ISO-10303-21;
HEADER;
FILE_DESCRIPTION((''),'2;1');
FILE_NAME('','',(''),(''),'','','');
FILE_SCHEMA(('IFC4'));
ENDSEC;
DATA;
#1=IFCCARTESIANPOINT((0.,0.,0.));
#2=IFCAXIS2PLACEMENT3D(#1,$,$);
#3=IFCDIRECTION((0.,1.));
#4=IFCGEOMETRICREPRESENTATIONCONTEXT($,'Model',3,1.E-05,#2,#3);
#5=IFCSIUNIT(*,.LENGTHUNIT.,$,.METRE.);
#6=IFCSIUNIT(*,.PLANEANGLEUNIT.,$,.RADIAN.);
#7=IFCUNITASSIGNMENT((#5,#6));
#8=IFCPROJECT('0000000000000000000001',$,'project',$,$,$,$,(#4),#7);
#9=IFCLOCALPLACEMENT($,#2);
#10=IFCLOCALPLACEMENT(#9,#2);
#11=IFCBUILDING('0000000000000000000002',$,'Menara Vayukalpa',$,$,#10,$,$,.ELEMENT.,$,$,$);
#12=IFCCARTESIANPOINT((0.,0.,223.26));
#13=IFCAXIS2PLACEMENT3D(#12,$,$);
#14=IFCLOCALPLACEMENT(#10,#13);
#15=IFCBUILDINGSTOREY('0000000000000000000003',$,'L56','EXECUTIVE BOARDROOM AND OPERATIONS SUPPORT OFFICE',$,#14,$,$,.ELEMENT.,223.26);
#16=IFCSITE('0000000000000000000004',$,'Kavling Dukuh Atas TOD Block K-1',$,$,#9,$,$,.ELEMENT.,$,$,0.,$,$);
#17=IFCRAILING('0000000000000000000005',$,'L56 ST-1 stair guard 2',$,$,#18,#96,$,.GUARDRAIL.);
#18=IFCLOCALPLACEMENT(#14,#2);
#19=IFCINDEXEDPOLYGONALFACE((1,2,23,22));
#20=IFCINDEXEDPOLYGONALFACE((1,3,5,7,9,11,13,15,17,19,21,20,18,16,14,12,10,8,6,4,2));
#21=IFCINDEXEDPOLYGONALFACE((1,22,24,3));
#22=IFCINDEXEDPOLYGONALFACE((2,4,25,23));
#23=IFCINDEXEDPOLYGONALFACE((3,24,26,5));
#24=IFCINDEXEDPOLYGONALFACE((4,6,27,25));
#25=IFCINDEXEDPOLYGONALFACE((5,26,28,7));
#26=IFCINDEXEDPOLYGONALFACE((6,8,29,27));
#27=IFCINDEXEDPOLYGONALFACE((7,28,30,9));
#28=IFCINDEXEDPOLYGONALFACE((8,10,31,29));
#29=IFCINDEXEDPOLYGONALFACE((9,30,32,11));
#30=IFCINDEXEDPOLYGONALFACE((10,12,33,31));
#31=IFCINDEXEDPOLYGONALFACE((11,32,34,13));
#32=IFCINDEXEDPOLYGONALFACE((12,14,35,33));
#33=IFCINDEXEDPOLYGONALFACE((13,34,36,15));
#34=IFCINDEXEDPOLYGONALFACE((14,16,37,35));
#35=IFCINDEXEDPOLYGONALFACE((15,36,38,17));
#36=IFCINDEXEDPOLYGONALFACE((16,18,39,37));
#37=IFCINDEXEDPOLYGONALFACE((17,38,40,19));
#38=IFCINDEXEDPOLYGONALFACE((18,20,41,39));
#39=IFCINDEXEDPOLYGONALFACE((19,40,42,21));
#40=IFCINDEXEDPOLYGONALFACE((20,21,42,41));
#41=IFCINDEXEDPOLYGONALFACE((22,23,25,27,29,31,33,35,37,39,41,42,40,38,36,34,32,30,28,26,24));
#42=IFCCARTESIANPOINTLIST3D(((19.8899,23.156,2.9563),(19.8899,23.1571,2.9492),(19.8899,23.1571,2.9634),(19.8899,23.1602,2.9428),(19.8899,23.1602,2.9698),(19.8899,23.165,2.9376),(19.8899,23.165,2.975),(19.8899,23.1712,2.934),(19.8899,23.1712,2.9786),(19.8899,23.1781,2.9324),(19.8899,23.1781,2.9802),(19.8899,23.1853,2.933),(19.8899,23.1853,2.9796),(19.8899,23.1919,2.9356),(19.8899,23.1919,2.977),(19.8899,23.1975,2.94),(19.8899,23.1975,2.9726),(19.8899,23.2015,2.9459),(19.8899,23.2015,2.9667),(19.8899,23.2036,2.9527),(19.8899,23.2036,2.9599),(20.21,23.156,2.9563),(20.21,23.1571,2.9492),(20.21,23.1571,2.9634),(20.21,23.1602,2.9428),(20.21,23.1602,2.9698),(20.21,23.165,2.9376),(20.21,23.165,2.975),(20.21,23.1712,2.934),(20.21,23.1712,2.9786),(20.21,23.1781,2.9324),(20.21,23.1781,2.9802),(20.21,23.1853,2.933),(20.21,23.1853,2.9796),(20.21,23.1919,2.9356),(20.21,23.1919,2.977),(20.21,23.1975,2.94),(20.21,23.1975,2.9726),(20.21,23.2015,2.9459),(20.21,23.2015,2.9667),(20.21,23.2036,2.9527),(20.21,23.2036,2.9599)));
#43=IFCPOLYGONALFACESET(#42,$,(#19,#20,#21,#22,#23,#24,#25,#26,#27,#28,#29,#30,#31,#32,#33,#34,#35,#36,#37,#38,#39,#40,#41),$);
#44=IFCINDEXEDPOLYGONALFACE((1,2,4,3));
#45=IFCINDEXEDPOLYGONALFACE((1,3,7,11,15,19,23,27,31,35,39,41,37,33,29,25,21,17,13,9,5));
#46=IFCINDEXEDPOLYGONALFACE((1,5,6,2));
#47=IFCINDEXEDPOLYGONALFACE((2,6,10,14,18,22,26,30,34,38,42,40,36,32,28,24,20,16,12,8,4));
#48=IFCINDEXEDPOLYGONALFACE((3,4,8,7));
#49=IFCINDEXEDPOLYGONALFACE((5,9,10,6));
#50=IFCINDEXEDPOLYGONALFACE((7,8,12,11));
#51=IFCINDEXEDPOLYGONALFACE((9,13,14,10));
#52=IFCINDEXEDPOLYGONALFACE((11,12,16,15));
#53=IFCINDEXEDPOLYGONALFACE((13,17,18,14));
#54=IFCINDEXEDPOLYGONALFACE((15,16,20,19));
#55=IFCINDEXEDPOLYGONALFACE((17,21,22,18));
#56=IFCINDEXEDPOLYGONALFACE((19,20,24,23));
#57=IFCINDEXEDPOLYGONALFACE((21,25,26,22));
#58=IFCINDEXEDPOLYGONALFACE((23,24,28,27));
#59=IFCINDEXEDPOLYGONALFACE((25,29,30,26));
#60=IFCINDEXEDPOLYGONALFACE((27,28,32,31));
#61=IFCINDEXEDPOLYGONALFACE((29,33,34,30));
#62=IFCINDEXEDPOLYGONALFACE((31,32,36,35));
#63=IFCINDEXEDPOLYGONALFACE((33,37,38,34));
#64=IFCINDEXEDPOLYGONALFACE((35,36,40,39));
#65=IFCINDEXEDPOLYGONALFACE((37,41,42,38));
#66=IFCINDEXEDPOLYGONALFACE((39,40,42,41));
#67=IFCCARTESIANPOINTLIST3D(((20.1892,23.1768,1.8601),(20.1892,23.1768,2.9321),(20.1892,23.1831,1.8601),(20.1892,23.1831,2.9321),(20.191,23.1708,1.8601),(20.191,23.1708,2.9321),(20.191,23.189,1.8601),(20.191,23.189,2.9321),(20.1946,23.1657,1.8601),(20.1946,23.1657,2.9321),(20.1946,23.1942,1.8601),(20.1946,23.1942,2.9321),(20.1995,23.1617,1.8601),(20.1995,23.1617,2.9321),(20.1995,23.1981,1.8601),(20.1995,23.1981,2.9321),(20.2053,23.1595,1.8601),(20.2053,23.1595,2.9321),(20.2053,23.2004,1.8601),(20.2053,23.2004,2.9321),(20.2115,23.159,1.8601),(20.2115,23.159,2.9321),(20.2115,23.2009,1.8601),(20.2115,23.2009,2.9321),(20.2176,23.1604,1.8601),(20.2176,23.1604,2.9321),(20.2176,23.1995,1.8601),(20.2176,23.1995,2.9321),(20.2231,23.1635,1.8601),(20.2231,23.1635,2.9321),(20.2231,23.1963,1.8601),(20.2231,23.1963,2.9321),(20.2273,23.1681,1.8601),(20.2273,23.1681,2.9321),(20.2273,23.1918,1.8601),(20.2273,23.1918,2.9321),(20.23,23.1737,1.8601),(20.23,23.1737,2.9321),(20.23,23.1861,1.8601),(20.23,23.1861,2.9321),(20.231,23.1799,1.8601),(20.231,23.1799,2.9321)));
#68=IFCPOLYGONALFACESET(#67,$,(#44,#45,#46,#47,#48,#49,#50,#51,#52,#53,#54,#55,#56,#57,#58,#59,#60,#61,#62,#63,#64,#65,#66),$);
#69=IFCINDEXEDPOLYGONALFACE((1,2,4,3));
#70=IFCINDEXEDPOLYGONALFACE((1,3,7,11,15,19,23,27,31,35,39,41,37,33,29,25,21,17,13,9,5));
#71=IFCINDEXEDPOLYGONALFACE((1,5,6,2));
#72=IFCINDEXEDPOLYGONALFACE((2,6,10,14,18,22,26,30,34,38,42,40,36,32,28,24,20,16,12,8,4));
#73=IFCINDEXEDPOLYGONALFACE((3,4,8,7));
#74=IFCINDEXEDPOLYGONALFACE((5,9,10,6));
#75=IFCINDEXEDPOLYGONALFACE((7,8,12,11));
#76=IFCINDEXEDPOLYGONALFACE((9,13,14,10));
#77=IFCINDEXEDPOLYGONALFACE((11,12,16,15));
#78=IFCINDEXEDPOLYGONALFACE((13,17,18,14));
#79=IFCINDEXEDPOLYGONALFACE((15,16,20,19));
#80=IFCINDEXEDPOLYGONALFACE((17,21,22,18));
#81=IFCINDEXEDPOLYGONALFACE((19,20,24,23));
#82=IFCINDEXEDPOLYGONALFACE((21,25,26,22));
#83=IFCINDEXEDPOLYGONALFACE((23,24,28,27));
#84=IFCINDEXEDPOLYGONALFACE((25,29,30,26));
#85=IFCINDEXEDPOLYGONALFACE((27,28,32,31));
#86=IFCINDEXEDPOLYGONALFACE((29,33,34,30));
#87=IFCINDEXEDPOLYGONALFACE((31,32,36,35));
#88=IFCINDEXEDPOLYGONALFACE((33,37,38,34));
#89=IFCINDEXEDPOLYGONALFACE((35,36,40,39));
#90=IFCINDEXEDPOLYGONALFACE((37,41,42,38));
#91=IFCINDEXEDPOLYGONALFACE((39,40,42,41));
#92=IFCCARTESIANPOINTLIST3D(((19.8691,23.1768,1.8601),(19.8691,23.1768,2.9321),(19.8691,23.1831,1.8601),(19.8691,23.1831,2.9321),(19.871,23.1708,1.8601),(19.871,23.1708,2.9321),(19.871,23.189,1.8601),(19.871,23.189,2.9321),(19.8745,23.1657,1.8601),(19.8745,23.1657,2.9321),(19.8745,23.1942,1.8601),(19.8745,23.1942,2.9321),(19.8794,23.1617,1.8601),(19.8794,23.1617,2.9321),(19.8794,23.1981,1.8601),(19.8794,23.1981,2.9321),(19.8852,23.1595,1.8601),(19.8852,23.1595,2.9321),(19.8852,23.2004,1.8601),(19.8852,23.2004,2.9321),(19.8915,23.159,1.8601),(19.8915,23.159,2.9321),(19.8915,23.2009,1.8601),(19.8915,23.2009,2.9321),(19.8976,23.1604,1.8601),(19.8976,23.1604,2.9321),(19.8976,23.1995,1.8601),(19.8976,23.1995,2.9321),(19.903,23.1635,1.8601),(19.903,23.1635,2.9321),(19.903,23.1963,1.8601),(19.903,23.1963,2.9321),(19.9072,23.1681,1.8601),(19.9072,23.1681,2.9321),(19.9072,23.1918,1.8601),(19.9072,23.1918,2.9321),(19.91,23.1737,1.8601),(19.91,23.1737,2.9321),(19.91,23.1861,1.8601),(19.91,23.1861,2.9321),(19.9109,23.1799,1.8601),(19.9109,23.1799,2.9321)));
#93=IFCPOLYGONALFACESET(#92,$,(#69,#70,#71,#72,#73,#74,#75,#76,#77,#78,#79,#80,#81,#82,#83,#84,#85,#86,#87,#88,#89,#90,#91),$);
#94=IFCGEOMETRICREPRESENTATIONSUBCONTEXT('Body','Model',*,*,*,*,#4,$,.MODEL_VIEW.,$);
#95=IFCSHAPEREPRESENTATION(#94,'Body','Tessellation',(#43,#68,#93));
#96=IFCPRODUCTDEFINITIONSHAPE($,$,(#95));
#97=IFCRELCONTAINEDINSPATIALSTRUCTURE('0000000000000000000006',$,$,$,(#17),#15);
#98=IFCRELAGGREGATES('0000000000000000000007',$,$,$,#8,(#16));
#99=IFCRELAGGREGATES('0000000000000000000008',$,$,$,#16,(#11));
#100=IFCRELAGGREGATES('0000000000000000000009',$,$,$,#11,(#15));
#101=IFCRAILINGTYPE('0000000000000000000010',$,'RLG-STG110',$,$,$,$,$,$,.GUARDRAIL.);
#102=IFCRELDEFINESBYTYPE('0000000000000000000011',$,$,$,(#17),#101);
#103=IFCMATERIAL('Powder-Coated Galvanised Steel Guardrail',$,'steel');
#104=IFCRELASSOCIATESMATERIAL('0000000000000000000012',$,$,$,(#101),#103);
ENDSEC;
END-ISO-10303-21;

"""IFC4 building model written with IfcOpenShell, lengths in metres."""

from ifc_helpers import new_model, si_unit, direction, frame, origin, origin_2d, place, context, subcontext, project, spatial, circle, extrude, material, type_object, element, save


model = new_model("IFC4")

# Units and contexts
model_context = context("Model", 3, precision=1e-05, world=origin(), true_north=direction((0.0, 1.0)))
body_context = subcontext(model_context, "Body", "Model", "MODEL_VIEW")
ifc_project = project(units=[si_unit("LENGTHUNIT", "METRE"), si_unit("PLANEANGLEUNIT", "RADIAN")], contexts=[model_context])

# Site, building, storey
site_placement = place(None, origin())
site = spatial("IfcSite", under=ifc_project, at=site_placement, Name="Kavling Dukuh Atas TOD Block K-1", CompositionType="ELEMENT", RefElevation=0.0)
building_placement = place(site_placement, origin())
building = spatial("IfcBuilding", under=site, at=building_placement, Name="Menara Vayukalpa", CompositionType="ELEMENT")
storey_placement = place(building_placement, frame((0.0, 0.0, 223.26)))
storey = spatial("IfcBuildingStorey", under=building, at=storey_placement, Name="L56", Description="EXECUTIVE BOARDROOM AND OPERATIONS SUPPORT OFFICE", CompositionType="ELEMENT", Elevation=223.26)

# Railing
ifc_material_1 = material(Name="Powder-Coated Galvanised Steel Guardrail", Category="steel")
railing_type_1 = type_object("IfcRailingType", Name="RLG-STG110", PredefinedType="GUARDRAIL", material=ifc_material_1)
railing_1_placement = place(storey_placement, frame((20.21, 23.1799, 1.8601)))
element("IfcRailing", 1, at=railing_1_placement, inside=storey, type_object=railing_type_1, Name="L56 ST-1 stair guard 2", PredefinedType="GUARDRAIL", context=body_context, shape_type="SweptSolid", body=[
    extrude(circle(Radius=0.0239, at=origin_2d()), frame((0.0, 0.0, 1.0962), z_axis=(-1.0, 0.0, 0.0), x_axis=(0.0, -1.0, 0.0)), (0.0, 0.0, 1.0), 0.3201),
    extrude(circle(Radius=0.021, at=origin_2d()), origin(), (0.0, 0.0, 1.0), 1.072),
    extrude(circle(Radius=0.021, at=origin_2d()), frame((-0.3201, 0.0, 0.0)), (0.0, 0.0, 1.0), 1.072),
])

save(model, "model.ifc")
